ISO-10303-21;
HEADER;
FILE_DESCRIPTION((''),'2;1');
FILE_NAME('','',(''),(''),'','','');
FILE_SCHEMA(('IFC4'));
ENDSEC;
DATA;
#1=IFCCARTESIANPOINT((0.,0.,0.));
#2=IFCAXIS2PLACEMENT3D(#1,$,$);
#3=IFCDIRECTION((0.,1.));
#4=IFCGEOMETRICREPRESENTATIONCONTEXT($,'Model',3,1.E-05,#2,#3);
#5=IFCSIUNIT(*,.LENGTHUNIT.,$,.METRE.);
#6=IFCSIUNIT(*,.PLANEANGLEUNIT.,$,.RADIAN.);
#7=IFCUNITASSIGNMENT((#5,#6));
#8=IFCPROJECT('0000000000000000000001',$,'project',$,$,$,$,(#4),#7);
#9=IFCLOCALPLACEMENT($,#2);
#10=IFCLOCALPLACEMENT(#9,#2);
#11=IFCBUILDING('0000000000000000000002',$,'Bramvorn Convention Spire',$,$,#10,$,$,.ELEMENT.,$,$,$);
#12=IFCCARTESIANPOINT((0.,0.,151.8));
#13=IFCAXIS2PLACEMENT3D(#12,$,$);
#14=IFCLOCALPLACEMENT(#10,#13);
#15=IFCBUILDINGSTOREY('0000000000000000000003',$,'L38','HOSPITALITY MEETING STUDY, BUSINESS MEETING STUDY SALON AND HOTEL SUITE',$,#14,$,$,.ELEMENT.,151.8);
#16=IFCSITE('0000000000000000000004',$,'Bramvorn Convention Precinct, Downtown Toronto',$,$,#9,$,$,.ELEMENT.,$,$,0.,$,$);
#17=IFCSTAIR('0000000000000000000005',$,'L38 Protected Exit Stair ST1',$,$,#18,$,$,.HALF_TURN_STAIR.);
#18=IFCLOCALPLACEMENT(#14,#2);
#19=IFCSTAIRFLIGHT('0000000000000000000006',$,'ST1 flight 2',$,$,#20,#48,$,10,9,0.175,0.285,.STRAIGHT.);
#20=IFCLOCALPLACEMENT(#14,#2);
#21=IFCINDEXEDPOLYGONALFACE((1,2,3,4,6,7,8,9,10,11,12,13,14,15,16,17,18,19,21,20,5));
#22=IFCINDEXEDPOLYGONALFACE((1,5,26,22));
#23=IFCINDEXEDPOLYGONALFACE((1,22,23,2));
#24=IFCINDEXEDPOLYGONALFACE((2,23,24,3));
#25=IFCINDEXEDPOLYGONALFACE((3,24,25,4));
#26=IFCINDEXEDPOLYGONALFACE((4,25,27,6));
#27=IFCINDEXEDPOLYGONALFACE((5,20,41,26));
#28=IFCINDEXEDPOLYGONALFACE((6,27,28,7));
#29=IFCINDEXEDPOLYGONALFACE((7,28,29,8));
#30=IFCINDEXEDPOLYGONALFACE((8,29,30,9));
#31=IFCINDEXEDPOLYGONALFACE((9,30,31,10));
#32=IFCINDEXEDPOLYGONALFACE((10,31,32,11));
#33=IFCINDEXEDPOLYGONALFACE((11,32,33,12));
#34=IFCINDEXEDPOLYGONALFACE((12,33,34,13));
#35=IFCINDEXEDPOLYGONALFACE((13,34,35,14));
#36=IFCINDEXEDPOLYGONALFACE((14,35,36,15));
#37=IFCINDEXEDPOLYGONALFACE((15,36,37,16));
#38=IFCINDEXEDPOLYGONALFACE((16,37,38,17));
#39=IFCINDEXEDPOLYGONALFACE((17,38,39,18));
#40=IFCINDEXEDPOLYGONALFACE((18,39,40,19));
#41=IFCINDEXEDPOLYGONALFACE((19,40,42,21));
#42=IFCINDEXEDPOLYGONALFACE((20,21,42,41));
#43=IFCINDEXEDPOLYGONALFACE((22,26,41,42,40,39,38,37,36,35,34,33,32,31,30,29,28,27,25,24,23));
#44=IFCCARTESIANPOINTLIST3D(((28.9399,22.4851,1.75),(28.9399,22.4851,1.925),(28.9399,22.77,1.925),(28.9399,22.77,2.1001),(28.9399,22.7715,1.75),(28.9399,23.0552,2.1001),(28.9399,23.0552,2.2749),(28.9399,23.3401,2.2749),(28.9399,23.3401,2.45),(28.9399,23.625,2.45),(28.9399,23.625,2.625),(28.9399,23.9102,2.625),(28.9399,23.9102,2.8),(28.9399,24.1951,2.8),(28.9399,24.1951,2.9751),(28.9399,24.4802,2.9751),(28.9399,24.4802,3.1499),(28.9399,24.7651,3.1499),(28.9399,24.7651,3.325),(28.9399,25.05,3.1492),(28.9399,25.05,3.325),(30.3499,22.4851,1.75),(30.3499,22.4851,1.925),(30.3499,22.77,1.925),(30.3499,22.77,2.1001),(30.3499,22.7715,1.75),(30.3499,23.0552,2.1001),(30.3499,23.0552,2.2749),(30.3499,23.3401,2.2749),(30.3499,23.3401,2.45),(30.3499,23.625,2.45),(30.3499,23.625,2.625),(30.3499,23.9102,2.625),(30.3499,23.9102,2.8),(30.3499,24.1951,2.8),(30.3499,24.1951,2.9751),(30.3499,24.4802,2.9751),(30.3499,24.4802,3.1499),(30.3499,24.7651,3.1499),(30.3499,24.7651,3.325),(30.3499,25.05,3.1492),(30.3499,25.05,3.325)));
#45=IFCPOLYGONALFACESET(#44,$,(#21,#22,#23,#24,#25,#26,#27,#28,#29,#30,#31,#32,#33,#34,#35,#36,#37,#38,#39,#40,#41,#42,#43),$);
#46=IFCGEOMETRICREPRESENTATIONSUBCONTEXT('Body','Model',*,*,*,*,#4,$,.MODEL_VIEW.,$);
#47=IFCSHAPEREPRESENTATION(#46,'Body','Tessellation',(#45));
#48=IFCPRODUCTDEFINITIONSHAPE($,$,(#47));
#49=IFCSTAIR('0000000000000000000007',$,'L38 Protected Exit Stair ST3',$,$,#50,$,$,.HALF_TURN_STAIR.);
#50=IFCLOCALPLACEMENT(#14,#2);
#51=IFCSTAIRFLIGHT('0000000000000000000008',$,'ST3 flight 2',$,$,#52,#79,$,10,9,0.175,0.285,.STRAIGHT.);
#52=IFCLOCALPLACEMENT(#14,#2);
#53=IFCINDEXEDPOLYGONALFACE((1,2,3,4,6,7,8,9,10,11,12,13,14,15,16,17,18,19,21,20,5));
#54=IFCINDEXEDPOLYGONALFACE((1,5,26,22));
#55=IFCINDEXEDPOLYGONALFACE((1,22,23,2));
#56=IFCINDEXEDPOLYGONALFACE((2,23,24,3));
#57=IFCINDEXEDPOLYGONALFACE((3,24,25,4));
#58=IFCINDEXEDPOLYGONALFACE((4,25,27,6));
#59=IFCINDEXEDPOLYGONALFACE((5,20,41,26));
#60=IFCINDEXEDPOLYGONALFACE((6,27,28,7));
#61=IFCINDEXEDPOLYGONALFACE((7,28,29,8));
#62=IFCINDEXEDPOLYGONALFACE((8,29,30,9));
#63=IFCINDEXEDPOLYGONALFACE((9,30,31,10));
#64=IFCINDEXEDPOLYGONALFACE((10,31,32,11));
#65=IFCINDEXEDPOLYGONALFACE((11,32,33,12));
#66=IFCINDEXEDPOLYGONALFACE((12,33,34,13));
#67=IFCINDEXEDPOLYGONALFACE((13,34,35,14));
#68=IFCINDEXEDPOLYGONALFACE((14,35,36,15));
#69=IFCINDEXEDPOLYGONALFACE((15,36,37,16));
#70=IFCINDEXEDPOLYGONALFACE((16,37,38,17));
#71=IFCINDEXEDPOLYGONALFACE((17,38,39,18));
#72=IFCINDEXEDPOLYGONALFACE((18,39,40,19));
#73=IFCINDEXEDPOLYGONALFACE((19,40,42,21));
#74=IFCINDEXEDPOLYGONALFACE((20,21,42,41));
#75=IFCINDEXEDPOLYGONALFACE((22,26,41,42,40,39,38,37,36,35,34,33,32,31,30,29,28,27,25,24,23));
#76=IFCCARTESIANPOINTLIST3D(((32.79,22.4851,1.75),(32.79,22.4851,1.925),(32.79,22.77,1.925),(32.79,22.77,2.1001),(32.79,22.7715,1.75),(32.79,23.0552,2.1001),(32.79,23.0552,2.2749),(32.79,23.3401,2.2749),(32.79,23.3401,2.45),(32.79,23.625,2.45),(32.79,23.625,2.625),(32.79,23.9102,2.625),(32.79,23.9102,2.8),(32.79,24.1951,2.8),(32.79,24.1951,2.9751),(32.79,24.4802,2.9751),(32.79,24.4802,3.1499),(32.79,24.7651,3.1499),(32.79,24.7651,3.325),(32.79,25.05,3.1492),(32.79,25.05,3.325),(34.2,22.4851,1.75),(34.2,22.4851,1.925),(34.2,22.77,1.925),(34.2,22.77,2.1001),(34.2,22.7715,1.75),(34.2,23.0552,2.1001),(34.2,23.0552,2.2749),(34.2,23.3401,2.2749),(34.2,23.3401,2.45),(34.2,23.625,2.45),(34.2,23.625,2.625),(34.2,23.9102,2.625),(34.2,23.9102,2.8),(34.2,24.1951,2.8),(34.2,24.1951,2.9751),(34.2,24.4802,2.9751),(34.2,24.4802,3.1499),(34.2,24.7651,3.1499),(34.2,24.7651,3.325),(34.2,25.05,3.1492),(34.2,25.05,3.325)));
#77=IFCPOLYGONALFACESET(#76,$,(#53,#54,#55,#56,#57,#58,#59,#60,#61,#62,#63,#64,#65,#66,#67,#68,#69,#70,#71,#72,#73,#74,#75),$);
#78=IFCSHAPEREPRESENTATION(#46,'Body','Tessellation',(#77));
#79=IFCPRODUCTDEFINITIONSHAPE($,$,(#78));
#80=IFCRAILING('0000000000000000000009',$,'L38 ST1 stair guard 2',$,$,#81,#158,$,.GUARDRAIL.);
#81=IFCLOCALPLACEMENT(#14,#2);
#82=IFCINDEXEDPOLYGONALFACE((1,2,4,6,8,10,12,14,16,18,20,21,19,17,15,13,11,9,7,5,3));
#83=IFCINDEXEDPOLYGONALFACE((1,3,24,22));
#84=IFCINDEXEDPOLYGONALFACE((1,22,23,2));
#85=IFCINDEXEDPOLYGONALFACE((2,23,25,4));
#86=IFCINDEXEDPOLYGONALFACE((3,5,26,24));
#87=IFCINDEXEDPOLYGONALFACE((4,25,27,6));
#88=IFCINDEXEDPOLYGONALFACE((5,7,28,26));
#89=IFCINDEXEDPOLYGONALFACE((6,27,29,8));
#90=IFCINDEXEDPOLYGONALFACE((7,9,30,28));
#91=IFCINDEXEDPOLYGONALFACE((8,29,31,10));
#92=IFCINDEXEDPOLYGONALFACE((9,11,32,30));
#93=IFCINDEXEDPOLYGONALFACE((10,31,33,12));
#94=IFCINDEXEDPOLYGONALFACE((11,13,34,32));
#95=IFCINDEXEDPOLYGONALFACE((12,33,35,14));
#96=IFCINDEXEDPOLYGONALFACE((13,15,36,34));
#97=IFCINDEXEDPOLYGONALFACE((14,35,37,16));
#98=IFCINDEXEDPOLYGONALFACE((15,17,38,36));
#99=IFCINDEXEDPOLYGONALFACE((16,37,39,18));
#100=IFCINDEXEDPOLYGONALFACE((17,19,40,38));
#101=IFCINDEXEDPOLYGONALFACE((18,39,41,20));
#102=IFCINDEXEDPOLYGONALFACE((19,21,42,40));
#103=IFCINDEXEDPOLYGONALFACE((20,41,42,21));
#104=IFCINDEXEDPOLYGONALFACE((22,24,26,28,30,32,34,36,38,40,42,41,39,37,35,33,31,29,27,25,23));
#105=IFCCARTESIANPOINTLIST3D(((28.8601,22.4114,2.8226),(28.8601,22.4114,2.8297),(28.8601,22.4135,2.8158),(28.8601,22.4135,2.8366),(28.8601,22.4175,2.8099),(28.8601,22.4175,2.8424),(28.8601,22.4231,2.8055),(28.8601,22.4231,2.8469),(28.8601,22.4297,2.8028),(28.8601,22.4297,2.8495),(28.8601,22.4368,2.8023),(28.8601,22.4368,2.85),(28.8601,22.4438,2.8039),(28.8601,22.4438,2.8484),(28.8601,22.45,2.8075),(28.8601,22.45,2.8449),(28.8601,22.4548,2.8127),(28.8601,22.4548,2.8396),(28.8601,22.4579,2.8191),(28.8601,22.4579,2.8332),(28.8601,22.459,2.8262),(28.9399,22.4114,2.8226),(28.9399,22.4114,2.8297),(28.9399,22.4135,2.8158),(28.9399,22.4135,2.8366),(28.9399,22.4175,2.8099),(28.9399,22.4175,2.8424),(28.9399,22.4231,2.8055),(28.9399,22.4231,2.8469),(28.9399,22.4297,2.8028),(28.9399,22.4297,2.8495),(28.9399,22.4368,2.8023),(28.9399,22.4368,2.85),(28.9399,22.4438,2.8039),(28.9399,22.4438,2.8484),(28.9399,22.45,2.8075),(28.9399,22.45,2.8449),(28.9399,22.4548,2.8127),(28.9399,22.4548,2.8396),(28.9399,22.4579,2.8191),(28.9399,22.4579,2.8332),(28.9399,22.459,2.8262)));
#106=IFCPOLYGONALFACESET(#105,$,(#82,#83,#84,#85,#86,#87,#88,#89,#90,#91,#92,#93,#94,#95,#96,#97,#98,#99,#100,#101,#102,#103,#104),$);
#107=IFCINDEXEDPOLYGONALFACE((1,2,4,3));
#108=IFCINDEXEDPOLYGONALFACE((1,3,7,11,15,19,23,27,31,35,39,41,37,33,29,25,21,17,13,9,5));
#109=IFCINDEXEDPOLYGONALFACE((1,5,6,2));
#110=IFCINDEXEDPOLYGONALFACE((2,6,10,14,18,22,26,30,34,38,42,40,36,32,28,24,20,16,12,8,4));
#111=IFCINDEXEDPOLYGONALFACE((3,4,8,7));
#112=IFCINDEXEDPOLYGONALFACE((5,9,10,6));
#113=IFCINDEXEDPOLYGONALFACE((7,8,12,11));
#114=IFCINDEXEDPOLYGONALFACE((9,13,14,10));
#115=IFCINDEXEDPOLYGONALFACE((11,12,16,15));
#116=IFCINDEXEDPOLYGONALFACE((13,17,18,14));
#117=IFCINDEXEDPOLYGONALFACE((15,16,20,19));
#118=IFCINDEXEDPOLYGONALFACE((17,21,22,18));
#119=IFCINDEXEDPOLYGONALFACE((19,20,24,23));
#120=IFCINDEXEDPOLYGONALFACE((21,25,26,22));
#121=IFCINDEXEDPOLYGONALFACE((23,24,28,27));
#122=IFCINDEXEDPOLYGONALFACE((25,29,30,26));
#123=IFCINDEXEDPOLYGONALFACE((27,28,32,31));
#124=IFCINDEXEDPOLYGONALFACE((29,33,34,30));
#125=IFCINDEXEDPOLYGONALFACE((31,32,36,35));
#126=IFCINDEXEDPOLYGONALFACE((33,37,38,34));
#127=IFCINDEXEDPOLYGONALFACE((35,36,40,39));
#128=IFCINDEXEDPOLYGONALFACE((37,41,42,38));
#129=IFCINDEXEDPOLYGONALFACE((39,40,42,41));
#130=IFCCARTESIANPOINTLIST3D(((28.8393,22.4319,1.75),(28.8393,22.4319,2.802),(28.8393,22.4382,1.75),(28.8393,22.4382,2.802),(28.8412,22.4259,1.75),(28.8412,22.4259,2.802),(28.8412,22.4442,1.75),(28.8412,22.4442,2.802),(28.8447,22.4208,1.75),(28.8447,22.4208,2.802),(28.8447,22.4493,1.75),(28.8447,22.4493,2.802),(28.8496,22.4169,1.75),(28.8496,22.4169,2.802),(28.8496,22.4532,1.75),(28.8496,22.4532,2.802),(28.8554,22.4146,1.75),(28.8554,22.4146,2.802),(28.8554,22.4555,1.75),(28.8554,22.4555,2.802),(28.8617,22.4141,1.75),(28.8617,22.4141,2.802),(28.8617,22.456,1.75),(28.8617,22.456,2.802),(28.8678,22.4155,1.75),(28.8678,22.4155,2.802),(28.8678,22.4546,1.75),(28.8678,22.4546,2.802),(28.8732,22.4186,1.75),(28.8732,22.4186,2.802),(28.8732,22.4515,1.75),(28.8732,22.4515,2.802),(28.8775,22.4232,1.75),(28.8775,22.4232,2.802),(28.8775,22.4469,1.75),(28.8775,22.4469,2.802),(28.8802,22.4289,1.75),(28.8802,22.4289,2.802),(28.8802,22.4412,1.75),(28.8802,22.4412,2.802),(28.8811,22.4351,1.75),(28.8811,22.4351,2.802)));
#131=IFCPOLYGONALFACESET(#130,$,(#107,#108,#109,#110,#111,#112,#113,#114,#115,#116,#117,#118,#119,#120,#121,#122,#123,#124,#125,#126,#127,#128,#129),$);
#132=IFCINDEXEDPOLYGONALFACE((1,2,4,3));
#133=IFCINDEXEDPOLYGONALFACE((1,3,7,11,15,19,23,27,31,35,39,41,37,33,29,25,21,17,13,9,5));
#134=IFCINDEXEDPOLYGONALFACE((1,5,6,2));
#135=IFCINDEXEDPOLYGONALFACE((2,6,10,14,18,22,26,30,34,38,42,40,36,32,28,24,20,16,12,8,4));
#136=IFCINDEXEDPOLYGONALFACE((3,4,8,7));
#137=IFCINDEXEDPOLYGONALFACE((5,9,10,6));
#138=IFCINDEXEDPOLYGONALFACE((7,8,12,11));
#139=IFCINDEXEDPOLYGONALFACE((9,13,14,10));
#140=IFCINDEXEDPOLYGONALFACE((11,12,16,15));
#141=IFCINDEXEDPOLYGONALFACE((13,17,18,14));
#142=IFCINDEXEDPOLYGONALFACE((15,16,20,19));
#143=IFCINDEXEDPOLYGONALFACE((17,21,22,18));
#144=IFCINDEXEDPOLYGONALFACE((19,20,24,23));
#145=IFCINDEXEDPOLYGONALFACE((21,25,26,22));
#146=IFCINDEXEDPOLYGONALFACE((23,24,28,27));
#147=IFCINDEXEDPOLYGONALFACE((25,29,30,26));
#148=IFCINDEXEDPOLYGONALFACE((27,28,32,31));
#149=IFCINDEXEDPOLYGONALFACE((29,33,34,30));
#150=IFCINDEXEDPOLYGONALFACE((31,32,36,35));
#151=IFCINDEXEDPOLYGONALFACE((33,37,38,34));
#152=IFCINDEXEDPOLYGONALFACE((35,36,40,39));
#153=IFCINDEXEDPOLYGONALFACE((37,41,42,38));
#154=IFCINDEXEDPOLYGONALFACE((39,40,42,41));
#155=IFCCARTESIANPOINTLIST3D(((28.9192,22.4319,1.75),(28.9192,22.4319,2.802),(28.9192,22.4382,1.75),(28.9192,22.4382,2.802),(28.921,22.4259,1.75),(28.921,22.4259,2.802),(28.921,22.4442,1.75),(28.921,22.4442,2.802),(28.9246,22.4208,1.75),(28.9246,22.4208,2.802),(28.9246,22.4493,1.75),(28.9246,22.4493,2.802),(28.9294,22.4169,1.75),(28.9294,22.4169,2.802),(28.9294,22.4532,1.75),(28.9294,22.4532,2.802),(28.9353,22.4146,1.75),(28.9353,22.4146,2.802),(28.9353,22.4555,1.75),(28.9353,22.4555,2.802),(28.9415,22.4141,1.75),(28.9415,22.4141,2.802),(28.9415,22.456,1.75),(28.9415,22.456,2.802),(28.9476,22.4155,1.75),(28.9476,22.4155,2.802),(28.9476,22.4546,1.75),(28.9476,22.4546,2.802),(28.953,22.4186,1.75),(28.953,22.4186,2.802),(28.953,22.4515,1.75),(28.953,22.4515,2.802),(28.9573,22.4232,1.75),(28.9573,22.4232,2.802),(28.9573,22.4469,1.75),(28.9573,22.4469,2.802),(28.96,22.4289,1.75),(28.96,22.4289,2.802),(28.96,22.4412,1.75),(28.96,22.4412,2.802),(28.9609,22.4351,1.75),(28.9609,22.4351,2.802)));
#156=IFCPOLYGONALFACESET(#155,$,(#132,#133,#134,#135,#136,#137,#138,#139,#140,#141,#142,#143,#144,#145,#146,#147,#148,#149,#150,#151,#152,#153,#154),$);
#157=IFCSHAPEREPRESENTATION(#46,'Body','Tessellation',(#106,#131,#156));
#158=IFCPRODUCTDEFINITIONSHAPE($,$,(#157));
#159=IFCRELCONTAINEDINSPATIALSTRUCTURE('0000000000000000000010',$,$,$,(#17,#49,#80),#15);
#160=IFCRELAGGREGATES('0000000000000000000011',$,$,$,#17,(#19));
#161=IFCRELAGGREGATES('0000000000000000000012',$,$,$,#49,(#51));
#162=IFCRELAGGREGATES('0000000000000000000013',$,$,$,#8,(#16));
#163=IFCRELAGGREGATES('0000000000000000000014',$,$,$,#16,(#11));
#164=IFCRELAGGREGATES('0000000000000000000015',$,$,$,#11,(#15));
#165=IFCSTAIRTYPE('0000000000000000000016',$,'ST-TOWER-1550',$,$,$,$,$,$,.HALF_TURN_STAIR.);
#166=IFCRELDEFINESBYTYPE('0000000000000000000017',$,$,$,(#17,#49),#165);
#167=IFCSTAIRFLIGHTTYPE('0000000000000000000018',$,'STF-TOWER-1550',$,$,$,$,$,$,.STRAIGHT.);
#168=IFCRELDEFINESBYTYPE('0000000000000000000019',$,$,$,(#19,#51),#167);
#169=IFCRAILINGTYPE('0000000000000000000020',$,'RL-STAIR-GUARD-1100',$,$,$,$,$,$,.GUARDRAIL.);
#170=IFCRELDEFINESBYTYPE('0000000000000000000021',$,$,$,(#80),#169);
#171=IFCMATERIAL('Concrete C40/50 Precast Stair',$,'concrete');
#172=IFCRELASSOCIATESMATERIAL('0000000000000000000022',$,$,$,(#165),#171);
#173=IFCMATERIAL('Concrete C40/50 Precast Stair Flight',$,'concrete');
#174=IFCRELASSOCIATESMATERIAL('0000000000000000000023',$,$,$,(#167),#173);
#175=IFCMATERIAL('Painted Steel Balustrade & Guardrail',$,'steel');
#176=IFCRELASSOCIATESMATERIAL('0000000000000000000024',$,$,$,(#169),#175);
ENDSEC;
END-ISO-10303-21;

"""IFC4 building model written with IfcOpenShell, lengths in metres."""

from ifc_helpers import new_model, si_unit, direction, frame, origin, origin_2d, place, context, subcontext, project, spatial, polyline, circle, outline, extrude, material, type_object, element, aggregate, save


model = new_model("IFC4")

# Units and contexts
model_context = context("Model", 3, precision=1e-05, world=origin(), true_north=direction((0.0, 1.0)))
body_context = subcontext(model_context, "Body", "Model", "MODEL_VIEW")
ifc_project = project(units=[si_unit("LENGTHUNIT", "METRE"), si_unit("PLANEANGLEUNIT", "RADIAN")], contexts=[model_context])

# Site, building, storey
site_placement = place(None, origin())
site = spatial("IfcSite", under=ifc_project, at=site_placement, Name="Bramvorn Convention Precinct, Downtown Toronto", CompositionType="ELEMENT", RefElevation=0.0)
building_placement = place(site_placement, origin())
building = spatial("IfcBuilding", under=site, at=building_placement, Name="Bramvorn Convention Spire", CompositionType="ELEMENT")
storey_placement = place(building_placement, frame((0.0, 0.0, 151.8)))
storey = spatial("IfcBuildingStorey", under=building, at=storey_placement, Name="L38", Description="HOSPITALITY MEETING STUDY, BUSINESS MEETING STUDY SALON AND HOTEL SUITE", CompositionType="ELEMENT", Elevation=151.8)

# Stairs, stair flights
ifc_material_1 = material(Name="Concrete C40/50 Precast Stair", Category="concrete")
stair_type = type_object("IfcStairType", Name="ST-TOWER-1550", PredefinedType="HALF_TURN_STAIR", material=ifc_material_1)
stair_1_placement = place(storey_placement, origin())
stair_1 = element("IfcStair", 1, at=stair_1_placement, inside=storey, type_object=stair_type, Name="L38 Protected Exit Stair ST1", PredefinedType="HALF_TURN_STAIR")
ifc_material_2 = material(Name="Concrete C40/50 Precast Stair Flight", Category="concrete")
stair_flight_type = type_object("IfcStairFlightType", Name="STF-TOWER-1550", PredefinedType="STRAIGHT", material=ifc_material_2)
stair_flight_1_placement = place(storey_placement, frame((29.645, 22.4851, 1.75), z_axis=(0.0, 0.0, 1.0), x_axis=(0.0, 1.0, 0.0)))
stair_flight_1 = element("IfcStairFlight", 2, at=stair_flight_1_placement, type_object=stair_flight_type, Name="ST1 flight 2", NumberOfRisers=10, NumberOfTreads=9, PredefinedType="STRAIGHT", RiserHeight=0.175, TreadLength=0.285, context=body_context, shape_type="SweptSolid", body=[
    extrude(outline(polyline([(0.0, 0.0), (0.0, 0.175), (0.2849, 0.175), (0.2849, 0.3501), (0.5701, 0.3501), (0.5701, 0.5249), (0.855, 0.5249), (0.855, 0.7), (1.1399, 0.7), (1.1399, 0.875), (1.425, 0.875), (1.425, 1.05), (1.71, 1.05), (1.71, 1.2251), (1.9951, 1.2251), (1.9951, 1.3999), (2.28, 1.3999), (2.28, 1.575), (2.5649, 1.575), (2.5649, 1.75), (2.5649, 1.3992), (0.2864, 0.0), (0.0, 0.0)])), frame((0.0, 0.7051, 0.0), z_axis=(0.0, -1.0, 0.0), x_axis=(1.0, 0.0, 0.0)), (0.0, 0.0, 1.0), 1.4099),
])
aggregate(stair_1, [stair_flight_1])
stair_2_placement = place(storey_placement, origin())
stair_2 = element("IfcStair", 3, at=stair_2_placement, inside=storey, type_object=stair_type, Name="L38 Protected Exit Stair ST3", PredefinedType="HALF_TURN_STAIR")
stair_flight_2_placement = place(storey_placement, frame((33.4951, 22.4851, 1.75), z_axis=(0.0, 0.0, 1.0), x_axis=(0.0, 1.0, 0.0)))
stair_flight_2 = element("IfcStairFlight", 4, at=stair_flight_2_placement, type_object=stair_flight_type, Name="ST3 flight 2", NumberOfRisers=10, NumberOfTreads=9, PredefinedType="STRAIGHT", RiserHeight=0.175, TreadLength=0.285, context=body_context, shape_type="SweptSolid", body=[
    extrude(outline(polyline([(0.0, 0.0), (0.0, 0.175), (0.2849, 0.175), (0.2849, 0.3501), (0.5701, 0.3501), (0.5701, 0.5249), (0.855, 0.5249), (0.855, 0.7), (1.1399, 0.7), (1.1399, 0.875), (1.425, 0.875), (1.425, 1.05), (1.71, 1.05), (1.71, 1.2251), (1.9951, 1.2251), (1.9951, 1.3999), (2.28, 1.3999), (2.28, 1.575), (2.5649, 1.575), (2.5649, 1.75), (2.5649, 1.3992), (0.2864, 0.0), (0.0, 0.0)])), frame((0.0, 0.7051, 0.0), z_axis=(0.0, -1.0, 0.0), x_axis=(1.0, 0.0, 0.0)), (0.0, 0.0, 1.0), 1.4099),
])
aggregate(stair_2, [stair_flight_2])

# Railing
ifc_material_3 = material(Name="Painted Steel Balustrade & Guardrail", Category="steel")
railing_type_1 = type_object("IfcRailingType", Name="RL-STAIR-GUARD-1100", PredefinedType="GUARDRAIL", material=ifc_material_3)
railing_1_placement = place(storey_placement, frame((28.8601, 22.4351, 1.75)))
element("IfcRailing", 5, at=railing_1_placement, inside=storey, type_object=railing_type_1, Name="L38 ST1 stair guard 2", PredefinedType="GUARDRAIL", context=body_context, shape_type="SweptSolid", body=[
    extrude(circle(Radius=0.0239, at=origin_2d()), frame((0.0, 0.0, 1.0762), z_axis=(1.0, 0.0, 0.0), x_axis=(0.0, 1.0, 0.0)), (0.0, 0.0, 1.0), 0.0798),
    extrude(circle(Radius=0.021, at=origin_2d()), origin(), (0.0, 0.0, 1.0), 1.052),
    extrude(circle(Radius=0.021, at=origin_2d()), frame((0.0798, 0.0, 0.0)), (0.0, 0.0, 1.0), 1.052),
])

save(model, "model.ifc")
